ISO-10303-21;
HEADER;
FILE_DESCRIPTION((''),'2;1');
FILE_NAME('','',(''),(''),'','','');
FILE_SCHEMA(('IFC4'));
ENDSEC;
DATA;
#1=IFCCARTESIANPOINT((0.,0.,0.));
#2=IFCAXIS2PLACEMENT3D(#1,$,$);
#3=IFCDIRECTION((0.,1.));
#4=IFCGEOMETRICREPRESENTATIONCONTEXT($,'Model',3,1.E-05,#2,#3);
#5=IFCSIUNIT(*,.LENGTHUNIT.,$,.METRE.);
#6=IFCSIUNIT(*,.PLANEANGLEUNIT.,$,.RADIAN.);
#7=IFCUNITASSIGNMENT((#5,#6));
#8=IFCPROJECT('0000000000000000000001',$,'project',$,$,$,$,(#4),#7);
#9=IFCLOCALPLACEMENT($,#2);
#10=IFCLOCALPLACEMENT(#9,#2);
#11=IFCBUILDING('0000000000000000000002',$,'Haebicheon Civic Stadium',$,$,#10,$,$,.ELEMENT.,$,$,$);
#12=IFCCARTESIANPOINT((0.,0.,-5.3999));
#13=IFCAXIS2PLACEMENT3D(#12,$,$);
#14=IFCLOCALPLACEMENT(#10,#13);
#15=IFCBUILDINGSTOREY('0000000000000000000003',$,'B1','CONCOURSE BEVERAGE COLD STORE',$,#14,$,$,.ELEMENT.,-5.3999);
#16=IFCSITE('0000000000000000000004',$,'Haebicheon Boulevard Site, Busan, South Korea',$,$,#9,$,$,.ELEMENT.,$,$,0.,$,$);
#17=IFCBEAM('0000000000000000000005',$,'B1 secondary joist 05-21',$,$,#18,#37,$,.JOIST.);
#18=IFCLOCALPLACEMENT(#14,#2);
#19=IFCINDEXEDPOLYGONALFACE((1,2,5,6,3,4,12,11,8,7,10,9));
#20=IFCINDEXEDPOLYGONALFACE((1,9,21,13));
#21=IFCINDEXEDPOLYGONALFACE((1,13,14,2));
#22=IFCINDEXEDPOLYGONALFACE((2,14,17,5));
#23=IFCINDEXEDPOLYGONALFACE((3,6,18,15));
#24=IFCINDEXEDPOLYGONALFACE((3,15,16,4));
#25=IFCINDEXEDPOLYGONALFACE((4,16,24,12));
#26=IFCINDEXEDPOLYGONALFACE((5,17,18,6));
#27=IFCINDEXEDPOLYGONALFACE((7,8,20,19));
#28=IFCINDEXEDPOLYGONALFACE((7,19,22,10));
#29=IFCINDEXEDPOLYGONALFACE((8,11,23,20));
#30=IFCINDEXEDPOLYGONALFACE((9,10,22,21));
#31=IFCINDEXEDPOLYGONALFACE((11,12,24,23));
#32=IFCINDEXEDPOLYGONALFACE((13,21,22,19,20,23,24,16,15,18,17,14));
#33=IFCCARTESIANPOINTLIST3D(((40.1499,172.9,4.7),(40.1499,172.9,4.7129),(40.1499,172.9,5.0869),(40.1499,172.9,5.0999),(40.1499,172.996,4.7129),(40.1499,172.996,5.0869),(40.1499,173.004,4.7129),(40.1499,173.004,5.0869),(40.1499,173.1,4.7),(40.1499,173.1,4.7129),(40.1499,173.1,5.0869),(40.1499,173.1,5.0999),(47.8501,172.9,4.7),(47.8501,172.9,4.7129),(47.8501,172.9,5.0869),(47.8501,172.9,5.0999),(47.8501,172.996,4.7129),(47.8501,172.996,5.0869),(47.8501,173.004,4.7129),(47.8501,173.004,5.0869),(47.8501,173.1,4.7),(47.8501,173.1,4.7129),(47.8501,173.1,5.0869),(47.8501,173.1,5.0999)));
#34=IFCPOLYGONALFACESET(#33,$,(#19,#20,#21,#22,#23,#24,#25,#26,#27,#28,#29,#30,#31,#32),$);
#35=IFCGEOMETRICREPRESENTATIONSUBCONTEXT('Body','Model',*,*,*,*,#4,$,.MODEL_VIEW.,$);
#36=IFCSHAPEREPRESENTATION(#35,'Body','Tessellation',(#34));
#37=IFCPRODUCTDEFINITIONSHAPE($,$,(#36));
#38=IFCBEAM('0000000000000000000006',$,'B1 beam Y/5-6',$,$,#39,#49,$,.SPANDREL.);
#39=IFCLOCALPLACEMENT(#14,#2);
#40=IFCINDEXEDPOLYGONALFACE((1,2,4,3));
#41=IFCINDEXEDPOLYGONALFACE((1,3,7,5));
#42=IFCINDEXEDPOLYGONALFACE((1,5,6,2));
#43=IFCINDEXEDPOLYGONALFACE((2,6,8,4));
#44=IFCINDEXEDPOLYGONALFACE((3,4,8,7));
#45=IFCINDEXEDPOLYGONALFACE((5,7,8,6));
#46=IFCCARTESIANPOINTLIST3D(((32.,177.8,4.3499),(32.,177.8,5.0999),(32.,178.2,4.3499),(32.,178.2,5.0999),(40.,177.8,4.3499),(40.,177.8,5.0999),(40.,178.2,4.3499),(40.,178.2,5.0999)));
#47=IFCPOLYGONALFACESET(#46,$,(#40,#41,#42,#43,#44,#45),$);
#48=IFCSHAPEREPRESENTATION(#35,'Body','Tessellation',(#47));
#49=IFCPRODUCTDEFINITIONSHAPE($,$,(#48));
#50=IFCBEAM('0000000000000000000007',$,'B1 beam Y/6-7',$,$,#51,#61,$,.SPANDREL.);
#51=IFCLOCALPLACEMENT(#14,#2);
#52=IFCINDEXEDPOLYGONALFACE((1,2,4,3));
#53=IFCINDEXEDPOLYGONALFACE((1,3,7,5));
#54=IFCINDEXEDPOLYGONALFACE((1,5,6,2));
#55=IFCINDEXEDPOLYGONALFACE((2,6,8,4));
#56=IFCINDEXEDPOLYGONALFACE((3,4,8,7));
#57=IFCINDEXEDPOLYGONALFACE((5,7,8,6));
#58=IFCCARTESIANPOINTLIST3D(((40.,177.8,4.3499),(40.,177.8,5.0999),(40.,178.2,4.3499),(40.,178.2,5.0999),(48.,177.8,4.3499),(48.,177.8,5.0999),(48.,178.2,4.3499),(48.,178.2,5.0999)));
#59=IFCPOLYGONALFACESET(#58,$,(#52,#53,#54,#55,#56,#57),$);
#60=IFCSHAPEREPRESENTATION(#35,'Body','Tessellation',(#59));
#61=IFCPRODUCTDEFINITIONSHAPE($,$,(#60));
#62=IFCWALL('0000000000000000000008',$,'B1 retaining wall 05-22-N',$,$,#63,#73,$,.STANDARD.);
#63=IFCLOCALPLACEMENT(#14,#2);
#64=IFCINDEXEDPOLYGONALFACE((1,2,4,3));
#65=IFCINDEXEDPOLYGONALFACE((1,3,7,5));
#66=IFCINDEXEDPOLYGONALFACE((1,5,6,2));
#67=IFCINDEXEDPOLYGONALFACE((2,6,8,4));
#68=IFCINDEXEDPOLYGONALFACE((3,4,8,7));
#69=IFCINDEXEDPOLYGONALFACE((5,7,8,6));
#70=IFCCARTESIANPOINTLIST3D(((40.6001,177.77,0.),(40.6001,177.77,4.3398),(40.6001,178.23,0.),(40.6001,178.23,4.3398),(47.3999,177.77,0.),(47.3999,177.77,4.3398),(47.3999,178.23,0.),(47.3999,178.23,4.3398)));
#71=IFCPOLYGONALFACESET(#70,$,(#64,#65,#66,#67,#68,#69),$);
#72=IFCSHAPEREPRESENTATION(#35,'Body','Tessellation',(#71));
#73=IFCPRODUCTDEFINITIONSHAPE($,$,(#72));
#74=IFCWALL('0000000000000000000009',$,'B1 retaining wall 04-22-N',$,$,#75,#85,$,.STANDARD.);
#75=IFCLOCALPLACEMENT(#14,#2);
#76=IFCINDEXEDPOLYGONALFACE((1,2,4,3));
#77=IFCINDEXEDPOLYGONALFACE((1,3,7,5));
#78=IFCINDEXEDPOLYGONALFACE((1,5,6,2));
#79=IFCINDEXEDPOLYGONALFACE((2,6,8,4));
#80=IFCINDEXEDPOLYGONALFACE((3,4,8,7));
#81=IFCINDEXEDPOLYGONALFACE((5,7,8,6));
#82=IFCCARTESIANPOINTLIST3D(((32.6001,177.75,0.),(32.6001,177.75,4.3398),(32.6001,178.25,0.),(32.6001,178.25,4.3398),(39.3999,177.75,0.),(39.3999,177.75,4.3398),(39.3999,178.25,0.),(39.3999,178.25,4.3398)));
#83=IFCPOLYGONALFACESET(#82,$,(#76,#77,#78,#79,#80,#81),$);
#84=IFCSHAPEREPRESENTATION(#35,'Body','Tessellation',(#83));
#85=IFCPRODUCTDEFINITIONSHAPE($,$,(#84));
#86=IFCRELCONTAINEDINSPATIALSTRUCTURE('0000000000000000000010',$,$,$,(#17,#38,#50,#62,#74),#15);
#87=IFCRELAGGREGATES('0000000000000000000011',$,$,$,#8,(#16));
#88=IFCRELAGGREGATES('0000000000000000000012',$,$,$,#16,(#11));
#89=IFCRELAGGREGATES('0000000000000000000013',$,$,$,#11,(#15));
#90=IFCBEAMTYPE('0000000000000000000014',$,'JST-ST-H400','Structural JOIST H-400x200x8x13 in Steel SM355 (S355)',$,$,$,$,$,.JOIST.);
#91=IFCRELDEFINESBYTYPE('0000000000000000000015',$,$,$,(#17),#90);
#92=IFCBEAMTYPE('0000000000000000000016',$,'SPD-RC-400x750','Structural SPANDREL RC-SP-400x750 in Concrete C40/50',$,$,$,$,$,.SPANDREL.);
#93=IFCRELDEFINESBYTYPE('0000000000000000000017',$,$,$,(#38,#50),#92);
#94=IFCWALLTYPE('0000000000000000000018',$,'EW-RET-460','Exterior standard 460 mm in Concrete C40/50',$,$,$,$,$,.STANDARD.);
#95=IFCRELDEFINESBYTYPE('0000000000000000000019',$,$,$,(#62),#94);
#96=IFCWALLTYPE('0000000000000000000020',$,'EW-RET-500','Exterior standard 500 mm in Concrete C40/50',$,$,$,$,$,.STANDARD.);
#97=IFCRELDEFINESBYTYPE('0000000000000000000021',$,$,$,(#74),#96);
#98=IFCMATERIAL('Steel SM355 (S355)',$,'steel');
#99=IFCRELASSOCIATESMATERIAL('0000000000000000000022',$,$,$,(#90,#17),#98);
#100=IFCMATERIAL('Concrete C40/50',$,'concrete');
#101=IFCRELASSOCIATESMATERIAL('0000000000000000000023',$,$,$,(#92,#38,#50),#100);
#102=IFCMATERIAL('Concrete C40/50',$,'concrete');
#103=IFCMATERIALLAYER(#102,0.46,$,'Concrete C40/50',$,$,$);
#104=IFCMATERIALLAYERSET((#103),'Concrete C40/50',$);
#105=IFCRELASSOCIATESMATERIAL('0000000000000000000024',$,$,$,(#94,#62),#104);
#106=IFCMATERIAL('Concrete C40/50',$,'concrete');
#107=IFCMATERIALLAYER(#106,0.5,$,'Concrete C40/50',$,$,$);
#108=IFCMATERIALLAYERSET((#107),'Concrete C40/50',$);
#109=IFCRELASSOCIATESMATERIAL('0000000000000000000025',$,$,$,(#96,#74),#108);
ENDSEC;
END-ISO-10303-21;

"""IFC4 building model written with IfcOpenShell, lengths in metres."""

from ifc_helpers import new_model, si_unit, direction, frame, frame_2d, origin, origin_2d, place, context, subcontext, project, spatial, rectangle, i_section, extrude, material, layer, layer_set, material_profile, profile_set, type_object, element, save


model = new_model("IFC4")

# Units and contexts
model_context = context("Model", 3, precision=1e-05, world=origin(), true_north=direction((0.0, 1.0)))
body_context = subcontext(model_context, "Body", "Model", "MODEL_VIEW")
ifc_project = project(units=[si_unit("LENGTHUNIT", "METRE"), si_unit("PLANEANGLEUNIT", "RADIAN")], contexts=[model_context])

# Site, building, storey
site_placement = place(None, origin())
site = spatial("IfcSite", under=ifc_project, at=site_placement, Name="Haebicheon Boulevard Site, Busan, South Korea", CompositionType="ELEMENT", RefElevation=0.0)
building_placement = place(site_placement, origin())
building = spatial("IfcBuilding", under=site, at=building_placement, Name="Haebicheon Civic Stadium", CompositionType="ELEMENT")
storey_placement = place(building_placement, frame((0.0, 0.0, -5.3999)))
storey = spatial("IfcBuildingStorey", under=building, at=storey_placement, Name="B1", Description="CONCOURSE BEVERAGE COLD STORE", CompositionType="ELEMENT", Elevation=-5.3999)

# Beams
ifc_material_1 = material(Name="Steel SM355 (S355)", Category="steel")
ifc_material_profile_1 = material_profile(ifc_material_1, i_section(OverallWidth=0.2, OverallDepth=0.3999, WebThickness=0.0081, FlangeThickness=0.0129, at=origin_2d()), Name="H-400x200x8x13")
ifc_profile_set_1 = profile_set([ifc_material_profile_1], Name="Steel SM355 (S355)")
beam_type_1 = type_object("IfcBeamType", Name="JST-ST-H400", Description="Structural JOIST H-400x200x8x13 in Steel SM355 (S355)", PredefinedType="JOIST", material=ifc_profile_set_1)
for number, where, z_axis, x_axis, name in (
    (1, (40.1499, 173.0, 4.8999), (1.0, 0.0, 0.0), (0.0, 1.0, 0.0), "B1 secondary joist 05-21"),
):
    element("IfcBeam", number, at=place(storey_placement, frame(where, z_axis=z_axis, x_axis=x_axis)), inside=storey, type_object=beam_type_1, material=ifc_profile_set_1, Name=name, PredefinedType="JOIST", context=body_context, shape_type="SweptSolid", body=[
        extrude(i_section(OverallWidth=0.2, OverallDepth=0.3999, WebThickness=0.0081, FlangeThickness=0.0129, at=origin_2d()), origin(), (0.0, 0.0, 1.0), 7.7002),
    ])
ifc_material_2 = material(Name="Concrete C40/50", Category="concrete")
ifc_material_profile_2 = material_profile(ifc_material_2, rectangle(XDim=0.3999, YDim=0.75, at=origin_2d()), Name="RC-SP-400x750")
ifc_profile_set_2 = profile_set([ifc_material_profile_2], Name="Concrete C40/50")
beam_type_2 = type_object("IfcBeamType", Name="SPD-RC-400x750", Description="Structural SPANDREL RC-SP-400x750 in Concrete C40/50", PredefinedType="SPANDREL", material=ifc_profile_set_2)
for number, where, z_axis, x_axis, name in (
    (2, (32.0, 178.0, 4.7249), (1.0, 0.0, 0.0), (0.0, 1.0, 0.0), "B1 beam Y/5-6"),
    (3, (40.0, 178.0, 4.7249), (1.0, 0.0, 0.0), (0.0, 1.0, 0.0), "B1 beam Y/6-7"),
):
    element("IfcBeam", number, at=place(storey_placement, frame(where, z_axis=z_axis, x_axis=x_axis)), inside=storey, type_object=beam_type_2, material=ifc_profile_set_2, Name=name, PredefinedType="SPANDREL", context=body_context, shape_type="SweptSolid", body=[
        extrude(rectangle(XDim=0.3999, YDim=0.75, at=origin_2d()), origin(), (0.0, 0.0, 1.0), 8.0),
    ])

# Walls
ifc_material_3 = material(Name="Concrete C40/50", Category="concrete")
ifc_layer_1 = layer(ifc_material_3, 0.46, Name="Concrete C40/50")
ifc_layer_set_1 = layer_set([ifc_layer_1], Name="Concrete C40/50")
wall_type_1 = type_object("IfcWallType", Name="EW-RET-460", Description="Exterior standard 460 mm in Concrete C40/50", PredefinedType="STANDARD", material=ifc_layer_set_1)
wall_1_placement = place(storey_placement, frame((40.6001, 178.0, 0.0), z_axis=(0.0, 0.0, 1.0), x_axis=(1.0, 0.0, 0.0)))
element("IfcWall", 4, at=wall_1_placement, inside=storey, type_object=wall_type_1, material=ifc_layer_set_1, Name="B1 retaining wall 05-22-N", PredefinedType="STANDARD", context=body_context, shape_type="SweptSolid", body=[
    extrude(rectangle(XDim=6.7998, YDim=0.46, at=frame_2d((3.3999, 0.0))), origin(), (0.0, 0.0, 1.0), 4.3398),
])
ifc_material_4 = material(Name="Concrete C40/50", Category="concrete")
ifc_layer_2 = layer(ifc_material_4, 0.5, Name="Concrete C40/50")
ifc_layer_set_2 = layer_set([ifc_layer_2], Name="Concrete C40/50")
wall_type_2 = type_object("IfcWallType", Name="EW-RET-500", Description="Exterior standard 500 mm in Concrete C40/50", PredefinedType="STANDARD", material=ifc_layer_set_2)
wall_2_placement = place(storey_placement, frame((32.6001, 178.0, 0.0), z_axis=(0.0, 0.0, 1.0), x_axis=(1.0, 0.0, 0.0)))
element("IfcWall", 5, at=wall_2_placement, inside=storey, type_object=wall_type_2, material=ifc_layer_set_2, Name="B1 retaining wall 04-22-N", PredefinedType="STANDARD", context=body_context, shape_type="SweptSolid", body=[
    extrude(rectangle(XDim=6.7998, YDim=0.5, at=frame_2d((3.3999, 0.0))), origin(), (0.0, 0.0, 1.0), 4.3398),
])

save(model, "model.ifc")
